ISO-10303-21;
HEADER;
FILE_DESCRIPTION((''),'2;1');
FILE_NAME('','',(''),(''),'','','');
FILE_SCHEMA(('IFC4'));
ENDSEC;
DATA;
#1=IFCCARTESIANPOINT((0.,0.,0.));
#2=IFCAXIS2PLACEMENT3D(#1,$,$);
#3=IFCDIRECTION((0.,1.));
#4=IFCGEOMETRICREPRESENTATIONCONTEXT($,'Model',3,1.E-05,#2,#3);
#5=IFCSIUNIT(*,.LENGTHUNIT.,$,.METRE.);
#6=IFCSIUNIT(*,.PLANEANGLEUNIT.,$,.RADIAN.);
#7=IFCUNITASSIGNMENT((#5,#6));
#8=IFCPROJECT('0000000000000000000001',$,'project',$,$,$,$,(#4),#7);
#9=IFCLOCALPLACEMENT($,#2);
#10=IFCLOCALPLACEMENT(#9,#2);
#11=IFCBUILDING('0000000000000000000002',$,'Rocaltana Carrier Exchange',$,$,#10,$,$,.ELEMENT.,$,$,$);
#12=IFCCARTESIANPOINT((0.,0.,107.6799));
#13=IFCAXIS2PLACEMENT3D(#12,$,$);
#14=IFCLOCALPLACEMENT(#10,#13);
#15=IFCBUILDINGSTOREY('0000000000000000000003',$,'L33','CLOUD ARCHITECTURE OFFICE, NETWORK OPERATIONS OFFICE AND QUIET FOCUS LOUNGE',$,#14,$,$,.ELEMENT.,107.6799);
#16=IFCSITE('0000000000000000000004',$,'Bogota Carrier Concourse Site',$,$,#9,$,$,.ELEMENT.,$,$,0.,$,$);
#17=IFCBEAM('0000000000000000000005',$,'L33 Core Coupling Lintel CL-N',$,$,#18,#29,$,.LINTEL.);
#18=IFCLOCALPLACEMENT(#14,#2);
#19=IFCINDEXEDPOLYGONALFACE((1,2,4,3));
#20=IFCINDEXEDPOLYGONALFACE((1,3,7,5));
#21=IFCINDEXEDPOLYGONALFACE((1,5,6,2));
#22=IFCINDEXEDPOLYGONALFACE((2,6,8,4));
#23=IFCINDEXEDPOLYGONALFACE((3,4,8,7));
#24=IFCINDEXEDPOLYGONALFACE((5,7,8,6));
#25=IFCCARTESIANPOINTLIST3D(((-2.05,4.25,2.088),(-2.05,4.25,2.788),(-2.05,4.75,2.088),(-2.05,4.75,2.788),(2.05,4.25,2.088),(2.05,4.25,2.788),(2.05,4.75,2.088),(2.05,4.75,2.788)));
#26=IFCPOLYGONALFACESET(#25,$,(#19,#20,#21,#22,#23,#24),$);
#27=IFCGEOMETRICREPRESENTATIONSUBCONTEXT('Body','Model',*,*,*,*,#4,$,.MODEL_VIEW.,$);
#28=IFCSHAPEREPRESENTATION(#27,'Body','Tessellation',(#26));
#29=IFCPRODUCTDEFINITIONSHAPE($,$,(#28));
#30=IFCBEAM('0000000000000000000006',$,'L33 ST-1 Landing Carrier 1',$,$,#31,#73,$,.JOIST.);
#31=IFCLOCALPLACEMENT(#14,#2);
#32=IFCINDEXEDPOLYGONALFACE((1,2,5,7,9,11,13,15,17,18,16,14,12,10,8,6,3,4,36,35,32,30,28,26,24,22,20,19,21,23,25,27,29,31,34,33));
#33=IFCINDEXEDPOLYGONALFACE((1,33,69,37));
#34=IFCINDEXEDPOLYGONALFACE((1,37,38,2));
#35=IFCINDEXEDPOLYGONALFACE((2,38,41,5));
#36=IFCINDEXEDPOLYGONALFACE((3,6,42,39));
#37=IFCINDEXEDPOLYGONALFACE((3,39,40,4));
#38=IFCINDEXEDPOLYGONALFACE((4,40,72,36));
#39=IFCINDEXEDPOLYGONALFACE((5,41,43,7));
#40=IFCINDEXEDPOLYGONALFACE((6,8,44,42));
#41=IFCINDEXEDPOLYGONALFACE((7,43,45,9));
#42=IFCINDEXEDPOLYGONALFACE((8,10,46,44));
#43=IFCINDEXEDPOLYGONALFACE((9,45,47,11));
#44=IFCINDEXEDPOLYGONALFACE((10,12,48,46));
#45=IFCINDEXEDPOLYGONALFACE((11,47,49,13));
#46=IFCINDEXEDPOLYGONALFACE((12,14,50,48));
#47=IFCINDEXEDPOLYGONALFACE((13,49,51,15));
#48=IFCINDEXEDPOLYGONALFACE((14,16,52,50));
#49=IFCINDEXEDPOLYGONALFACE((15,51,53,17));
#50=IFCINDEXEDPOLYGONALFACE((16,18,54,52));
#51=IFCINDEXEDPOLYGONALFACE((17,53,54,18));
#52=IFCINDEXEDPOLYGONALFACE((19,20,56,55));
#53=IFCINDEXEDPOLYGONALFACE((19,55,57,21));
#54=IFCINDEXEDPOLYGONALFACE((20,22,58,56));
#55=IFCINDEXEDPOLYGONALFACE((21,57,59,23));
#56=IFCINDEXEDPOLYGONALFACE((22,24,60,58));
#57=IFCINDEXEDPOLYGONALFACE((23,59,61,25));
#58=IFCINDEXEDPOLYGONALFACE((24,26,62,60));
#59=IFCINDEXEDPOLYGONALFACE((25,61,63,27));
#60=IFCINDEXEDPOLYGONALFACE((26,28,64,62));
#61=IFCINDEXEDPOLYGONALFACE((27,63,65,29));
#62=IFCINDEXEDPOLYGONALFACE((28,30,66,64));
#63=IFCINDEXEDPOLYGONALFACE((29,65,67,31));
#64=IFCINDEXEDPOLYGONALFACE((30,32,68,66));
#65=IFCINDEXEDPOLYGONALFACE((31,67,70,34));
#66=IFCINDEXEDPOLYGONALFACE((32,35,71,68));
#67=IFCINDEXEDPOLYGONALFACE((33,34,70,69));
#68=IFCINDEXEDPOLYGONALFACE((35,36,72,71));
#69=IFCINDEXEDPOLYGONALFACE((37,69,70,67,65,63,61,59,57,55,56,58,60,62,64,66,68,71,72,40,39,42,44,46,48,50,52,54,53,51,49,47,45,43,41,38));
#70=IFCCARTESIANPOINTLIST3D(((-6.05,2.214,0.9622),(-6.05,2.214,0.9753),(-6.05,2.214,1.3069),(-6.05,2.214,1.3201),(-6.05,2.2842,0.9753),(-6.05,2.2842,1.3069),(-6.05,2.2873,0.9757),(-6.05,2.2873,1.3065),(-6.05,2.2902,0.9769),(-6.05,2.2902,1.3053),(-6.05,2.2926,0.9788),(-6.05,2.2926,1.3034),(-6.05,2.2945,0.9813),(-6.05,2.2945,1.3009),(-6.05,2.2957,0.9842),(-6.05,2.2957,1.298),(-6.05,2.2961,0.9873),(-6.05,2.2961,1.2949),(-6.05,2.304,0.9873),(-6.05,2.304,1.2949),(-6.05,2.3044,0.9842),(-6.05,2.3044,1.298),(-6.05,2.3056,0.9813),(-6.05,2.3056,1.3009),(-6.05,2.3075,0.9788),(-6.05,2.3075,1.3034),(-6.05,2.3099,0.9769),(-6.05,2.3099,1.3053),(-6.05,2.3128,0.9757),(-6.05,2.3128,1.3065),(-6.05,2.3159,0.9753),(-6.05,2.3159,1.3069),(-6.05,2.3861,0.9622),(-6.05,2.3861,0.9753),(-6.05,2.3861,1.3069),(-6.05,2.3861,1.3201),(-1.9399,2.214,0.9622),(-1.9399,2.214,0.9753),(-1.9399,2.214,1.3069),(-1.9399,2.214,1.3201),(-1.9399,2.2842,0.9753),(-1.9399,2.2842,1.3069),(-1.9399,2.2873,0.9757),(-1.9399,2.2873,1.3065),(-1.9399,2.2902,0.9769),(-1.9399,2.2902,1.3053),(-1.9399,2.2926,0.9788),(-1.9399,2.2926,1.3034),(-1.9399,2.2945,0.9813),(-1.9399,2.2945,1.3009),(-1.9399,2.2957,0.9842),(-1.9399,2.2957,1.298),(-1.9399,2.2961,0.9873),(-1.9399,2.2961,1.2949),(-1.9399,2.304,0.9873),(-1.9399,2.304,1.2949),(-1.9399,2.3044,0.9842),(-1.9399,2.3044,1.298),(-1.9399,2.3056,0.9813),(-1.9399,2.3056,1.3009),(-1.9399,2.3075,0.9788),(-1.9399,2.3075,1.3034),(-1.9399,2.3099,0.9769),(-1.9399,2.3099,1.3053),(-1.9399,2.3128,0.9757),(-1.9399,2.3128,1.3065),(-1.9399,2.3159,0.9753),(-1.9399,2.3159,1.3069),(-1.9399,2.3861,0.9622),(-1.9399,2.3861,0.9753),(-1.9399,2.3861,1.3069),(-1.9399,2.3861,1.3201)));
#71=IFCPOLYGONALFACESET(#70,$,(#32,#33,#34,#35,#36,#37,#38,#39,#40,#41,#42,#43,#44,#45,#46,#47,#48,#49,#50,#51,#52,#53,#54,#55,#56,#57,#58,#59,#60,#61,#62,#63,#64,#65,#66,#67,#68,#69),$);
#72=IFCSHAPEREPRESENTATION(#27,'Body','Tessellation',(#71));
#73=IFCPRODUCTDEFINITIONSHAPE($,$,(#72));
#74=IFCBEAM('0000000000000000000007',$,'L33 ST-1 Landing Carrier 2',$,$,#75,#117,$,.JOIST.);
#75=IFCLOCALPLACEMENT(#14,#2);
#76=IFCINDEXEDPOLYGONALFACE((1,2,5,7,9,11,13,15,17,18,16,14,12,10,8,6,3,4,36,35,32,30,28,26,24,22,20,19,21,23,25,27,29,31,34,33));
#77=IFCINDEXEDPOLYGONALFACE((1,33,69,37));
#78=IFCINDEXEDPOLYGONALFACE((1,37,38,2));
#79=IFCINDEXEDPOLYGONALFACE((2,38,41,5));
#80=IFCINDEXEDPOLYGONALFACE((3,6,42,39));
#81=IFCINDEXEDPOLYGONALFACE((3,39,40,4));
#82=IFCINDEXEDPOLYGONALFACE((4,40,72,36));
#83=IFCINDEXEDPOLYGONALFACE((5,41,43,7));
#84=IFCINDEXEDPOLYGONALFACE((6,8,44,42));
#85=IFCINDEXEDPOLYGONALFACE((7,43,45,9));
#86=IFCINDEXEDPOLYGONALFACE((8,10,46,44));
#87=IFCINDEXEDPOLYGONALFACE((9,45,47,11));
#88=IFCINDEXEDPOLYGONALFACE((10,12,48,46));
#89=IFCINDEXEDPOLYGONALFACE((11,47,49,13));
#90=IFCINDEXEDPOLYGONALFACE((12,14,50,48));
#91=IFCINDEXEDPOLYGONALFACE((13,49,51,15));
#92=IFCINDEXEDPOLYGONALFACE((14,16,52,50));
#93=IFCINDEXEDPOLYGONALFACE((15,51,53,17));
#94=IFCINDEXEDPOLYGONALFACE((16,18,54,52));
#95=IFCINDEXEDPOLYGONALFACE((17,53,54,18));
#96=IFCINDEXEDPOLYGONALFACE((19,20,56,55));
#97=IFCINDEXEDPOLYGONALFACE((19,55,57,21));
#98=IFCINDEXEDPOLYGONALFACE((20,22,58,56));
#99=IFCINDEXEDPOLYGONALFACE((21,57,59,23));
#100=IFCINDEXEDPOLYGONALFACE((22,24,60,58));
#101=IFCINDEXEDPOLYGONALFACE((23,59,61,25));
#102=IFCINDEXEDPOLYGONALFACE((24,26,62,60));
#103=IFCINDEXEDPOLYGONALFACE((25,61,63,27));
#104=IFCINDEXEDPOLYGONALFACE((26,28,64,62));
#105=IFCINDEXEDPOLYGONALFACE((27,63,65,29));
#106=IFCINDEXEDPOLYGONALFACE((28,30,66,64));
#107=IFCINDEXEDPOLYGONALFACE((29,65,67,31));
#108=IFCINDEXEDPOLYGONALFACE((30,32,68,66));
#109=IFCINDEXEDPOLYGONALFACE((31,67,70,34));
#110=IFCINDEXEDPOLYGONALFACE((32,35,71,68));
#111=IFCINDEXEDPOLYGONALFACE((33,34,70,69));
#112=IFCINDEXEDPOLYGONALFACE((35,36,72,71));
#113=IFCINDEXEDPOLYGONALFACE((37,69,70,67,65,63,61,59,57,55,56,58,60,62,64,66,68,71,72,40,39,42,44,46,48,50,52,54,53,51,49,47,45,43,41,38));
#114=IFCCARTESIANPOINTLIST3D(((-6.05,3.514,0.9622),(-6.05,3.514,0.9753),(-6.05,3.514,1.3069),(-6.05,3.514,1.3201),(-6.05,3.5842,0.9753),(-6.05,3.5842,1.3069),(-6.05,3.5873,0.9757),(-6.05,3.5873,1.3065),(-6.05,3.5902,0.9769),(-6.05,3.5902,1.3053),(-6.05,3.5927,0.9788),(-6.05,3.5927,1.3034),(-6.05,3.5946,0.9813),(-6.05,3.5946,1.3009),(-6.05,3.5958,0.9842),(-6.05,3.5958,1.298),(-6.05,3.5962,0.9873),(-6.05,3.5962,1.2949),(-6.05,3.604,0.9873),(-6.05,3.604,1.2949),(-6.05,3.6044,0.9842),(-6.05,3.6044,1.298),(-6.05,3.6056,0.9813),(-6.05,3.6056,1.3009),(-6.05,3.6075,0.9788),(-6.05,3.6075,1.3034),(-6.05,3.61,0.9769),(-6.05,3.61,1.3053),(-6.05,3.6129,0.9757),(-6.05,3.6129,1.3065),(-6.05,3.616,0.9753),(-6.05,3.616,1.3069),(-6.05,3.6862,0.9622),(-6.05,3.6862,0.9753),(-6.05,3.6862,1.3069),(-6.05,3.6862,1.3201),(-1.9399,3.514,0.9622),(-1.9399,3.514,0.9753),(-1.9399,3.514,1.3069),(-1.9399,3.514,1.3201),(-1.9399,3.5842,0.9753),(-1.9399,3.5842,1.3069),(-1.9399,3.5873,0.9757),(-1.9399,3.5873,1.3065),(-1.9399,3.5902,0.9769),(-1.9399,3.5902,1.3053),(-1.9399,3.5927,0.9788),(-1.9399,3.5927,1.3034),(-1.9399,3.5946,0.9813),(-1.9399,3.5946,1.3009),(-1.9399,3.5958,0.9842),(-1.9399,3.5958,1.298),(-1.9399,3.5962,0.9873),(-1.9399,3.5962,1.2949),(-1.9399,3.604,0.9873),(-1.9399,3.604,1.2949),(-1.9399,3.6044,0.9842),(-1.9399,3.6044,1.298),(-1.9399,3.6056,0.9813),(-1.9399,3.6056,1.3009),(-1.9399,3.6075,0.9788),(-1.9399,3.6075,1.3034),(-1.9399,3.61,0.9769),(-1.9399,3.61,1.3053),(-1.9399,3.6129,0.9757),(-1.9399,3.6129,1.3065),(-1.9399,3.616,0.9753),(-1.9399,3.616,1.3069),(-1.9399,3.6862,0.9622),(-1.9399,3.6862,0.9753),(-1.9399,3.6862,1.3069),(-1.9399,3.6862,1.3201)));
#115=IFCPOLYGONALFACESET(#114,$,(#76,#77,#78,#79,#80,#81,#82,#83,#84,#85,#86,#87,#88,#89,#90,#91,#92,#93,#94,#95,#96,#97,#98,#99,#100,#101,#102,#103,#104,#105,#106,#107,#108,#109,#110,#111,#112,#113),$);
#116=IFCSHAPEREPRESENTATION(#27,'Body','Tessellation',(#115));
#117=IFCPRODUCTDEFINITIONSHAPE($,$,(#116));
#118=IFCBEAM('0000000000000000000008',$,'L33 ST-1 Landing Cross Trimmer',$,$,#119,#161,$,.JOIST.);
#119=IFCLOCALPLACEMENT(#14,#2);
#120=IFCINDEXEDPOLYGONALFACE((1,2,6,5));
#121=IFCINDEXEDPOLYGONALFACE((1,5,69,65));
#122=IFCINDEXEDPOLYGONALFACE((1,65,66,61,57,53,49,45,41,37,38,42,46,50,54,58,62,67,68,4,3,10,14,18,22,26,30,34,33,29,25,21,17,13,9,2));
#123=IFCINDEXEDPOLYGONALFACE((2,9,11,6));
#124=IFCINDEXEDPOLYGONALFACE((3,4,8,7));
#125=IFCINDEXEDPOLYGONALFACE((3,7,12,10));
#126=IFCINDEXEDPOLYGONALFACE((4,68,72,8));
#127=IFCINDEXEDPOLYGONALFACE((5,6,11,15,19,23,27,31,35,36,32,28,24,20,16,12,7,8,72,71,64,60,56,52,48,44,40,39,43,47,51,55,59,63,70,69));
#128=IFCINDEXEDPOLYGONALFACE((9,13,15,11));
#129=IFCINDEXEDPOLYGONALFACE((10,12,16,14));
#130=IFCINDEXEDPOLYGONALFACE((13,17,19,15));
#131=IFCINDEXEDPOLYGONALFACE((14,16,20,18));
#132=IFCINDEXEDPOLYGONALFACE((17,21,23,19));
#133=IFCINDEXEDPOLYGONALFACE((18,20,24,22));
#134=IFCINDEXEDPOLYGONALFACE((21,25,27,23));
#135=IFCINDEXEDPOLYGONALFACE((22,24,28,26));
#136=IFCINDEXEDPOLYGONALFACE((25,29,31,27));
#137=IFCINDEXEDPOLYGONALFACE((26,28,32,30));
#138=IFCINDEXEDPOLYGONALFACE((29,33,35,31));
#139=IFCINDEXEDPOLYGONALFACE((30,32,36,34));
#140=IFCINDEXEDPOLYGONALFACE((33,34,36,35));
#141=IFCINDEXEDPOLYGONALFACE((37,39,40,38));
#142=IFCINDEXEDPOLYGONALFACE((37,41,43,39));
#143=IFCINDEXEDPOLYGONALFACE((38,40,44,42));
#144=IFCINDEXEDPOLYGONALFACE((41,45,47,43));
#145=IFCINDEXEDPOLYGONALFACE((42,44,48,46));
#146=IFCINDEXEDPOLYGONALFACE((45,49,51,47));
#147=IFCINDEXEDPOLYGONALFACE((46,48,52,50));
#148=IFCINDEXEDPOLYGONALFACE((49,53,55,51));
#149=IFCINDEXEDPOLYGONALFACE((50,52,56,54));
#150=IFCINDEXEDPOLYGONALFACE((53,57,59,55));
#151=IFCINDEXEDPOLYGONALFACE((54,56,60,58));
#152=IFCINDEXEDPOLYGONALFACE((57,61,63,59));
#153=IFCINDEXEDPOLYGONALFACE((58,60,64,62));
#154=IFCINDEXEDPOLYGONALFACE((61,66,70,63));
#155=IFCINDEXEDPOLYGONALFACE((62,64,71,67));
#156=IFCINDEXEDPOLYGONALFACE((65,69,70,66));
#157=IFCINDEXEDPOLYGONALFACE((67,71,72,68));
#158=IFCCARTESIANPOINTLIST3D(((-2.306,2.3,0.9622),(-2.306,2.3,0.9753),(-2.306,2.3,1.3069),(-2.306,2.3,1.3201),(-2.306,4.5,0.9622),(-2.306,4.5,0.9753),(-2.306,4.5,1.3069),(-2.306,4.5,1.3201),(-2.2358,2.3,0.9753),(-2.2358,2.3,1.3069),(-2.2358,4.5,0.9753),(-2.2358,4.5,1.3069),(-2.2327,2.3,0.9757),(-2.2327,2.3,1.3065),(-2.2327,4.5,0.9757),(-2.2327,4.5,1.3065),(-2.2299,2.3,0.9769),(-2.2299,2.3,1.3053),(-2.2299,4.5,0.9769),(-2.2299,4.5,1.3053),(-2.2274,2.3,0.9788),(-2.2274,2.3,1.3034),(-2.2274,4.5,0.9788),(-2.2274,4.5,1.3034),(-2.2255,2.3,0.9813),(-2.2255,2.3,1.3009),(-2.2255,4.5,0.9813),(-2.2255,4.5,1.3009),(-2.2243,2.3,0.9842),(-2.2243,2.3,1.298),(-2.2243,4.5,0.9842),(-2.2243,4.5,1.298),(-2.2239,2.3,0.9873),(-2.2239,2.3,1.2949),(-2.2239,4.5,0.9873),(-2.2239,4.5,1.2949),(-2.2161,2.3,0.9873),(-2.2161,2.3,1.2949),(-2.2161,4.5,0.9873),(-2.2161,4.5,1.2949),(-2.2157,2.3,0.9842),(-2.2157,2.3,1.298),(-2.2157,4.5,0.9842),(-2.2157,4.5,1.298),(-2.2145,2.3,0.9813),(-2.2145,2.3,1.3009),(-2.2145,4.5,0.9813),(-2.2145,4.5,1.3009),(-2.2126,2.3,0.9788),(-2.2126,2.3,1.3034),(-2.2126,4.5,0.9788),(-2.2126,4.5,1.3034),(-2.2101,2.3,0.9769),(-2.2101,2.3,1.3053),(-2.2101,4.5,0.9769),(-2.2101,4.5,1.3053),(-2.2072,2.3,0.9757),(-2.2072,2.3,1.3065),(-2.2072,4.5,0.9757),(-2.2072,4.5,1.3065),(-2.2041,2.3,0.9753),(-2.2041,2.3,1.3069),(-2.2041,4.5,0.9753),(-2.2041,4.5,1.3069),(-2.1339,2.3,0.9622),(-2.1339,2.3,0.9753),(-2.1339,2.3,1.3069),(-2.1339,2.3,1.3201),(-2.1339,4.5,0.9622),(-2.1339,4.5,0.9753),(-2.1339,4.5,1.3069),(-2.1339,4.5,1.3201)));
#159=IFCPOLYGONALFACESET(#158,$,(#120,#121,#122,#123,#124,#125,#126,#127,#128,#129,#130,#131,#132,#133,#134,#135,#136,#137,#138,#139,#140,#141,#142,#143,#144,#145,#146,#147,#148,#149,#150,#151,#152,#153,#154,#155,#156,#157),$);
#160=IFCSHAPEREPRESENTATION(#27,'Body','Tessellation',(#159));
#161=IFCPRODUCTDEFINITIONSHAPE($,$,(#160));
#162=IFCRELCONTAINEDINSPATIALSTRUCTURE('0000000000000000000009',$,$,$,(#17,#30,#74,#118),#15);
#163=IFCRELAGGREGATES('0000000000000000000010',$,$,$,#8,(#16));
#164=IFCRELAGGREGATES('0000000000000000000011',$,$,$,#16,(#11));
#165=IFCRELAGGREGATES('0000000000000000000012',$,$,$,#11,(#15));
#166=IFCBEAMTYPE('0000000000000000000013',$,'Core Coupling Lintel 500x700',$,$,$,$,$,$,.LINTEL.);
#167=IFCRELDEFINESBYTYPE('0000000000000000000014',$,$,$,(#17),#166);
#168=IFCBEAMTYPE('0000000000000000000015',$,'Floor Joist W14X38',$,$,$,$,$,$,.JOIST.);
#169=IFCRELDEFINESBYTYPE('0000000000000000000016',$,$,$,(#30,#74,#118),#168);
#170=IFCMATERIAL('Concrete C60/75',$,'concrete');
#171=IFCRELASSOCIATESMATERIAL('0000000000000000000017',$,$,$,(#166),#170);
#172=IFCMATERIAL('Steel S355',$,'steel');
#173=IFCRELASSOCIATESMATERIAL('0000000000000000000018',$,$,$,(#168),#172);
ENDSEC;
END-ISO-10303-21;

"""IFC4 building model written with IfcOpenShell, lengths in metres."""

from ifc_helpers import new_model, si_unit, direction, frame, origin, origin_2d, place, context, subcontext, project, spatial, rectangle, i_section, extrude, material, material_profile, profile_set, type_object, element, save


model = new_model("IFC4")

# Units and contexts
model_context = context("Model", 3, precision=1e-05, world=origin(), true_north=direction((0.0, 1.0)))
body_context = subcontext(model_context, "Body", "Model", "MODEL_VIEW")
ifc_project = project(units=[si_unit("LENGTHUNIT", "METRE"), si_unit("PLANEANGLEUNIT", "RADIAN")], contexts=[model_context])

# Site, building, storey
site_placement = place(None, origin())
site = spatial("IfcSite", under=ifc_project, at=site_placement, Name="Bogota Carrier Concourse Site", CompositionType="ELEMENT", RefElevation=0.0)
building_placement = place(site_placement, origin())
building = spatial("IfcBuilding", under=site, at=building_placement, Name="Rocaltana Carrier Exchange", CompositionType="ELEMENT")
storey_placement = place(building_placement, frame((0.0, 0.0, 107.6799)))
storey = spatial("IfcBuildingStorey", under=building, at=storey_placement, Name="L33", Description="CLOUD ARCHITECTURE OFFICE, NETWORK OPERATIONS OFFICE AND QUIET FOCUS LOUNGE", CompositionType="ELEMENT", Elevation=107.6799)

# Beams
ifc_material_1 = material(Name="Concrete C60/75", Category="concrete")
ifc_material_profile_1 = material_profile(ifc_material_1, rectangle(XDim=0.5, YDim=0.7, at=origin_2d()), Name="RC-BM-500X700")
ifc_profile_set_1 = profile_set([ifc_material_profile_1], Name="Concrete C60/75")
beam_type_1 = type_object("IfcBeamType", Name="Core Coupling Lintel 500x700", PredefinedType="LINTEL", material=ifc_profile_set_1)
beam_1_placement = place(storey_placement, frame((-2.05, 4.5, 2.438), z_axis=(1.0, 0.0, 0.0), x_axis=(0.0, 1.0, 0.0)))
element("IfcBeam", 1, at=beam_1_placement, inside=storey, type_object=beam_type_1, Name="L33 Core Coupling Lintel CL-N", PredefinedType="LINTEL", context=body_context, shape_type="SweptSolid", body=[
    extrude(rectangle(XDim=0.5, YDim=0.7, at=origin_2d()), origin(), (0.0, 0.0, 1.0), 4.1001),
])
ifc_material_2 = material(Name="Steel S355", Category="steel")
ifc_material_profile_2 = material_profile(ifc_material_2, i_section(OverallWidth=0.1721, OverallDepth=0.3579, WebThickness=0.0078, FlangeThickness=0.0132, FilletRadius=0.012, at=origin_2d()), Name="W14X38")
ifc_profile_set_2 = profile_set([ifc_material_profile_2], Name="Steel S355")
beam_type_2 = type_object("IfcBeamType", Name="Floor Joist W14X38", PredefinedType="JOIST", material=ifc_profile_set_2)
for number, where, z_axis, x_axis, name in (
    (2, (-6.05, 2.3, 1.1411), (1.0, 0.0, 0.0), (0.0, 1.0, 0.0), "L33 ST-1 Landing Carrier 1"),
    (3, (-6.05, 3.6001, 1.1411), (1.0, 0.0, 0.0), (0.0, 1.0, 0.0), "L33 ST-1 Landing Carrier 2"),
):
    element("IfcBeam", number, at=place(storey_placement, frame(where, z_axis=z_axis, x_axis=x_axis)), inside=storey, type_object=beam_type_2, Name=name, PredefinedType="JOIST", context=body_context, shape_type="SweptSolid", body=[
        extrude(i_section(OverallWidth=0.1721, OverallDepth=0.3579, WebThickness=0.0078, FlangeThickness=0.0132, FilletRadius=0.012, at=origin_2d()), origin(), (0.0, 0.0, 1.0), 4.1101),
    ])
beam_2_placement = place(storey_placement, frame((-2.22, 2.3, 1.1411), z_axis=(0.0, 1.0, 0.0), x_axis=(-1.0, 0.0, 0.0)))
element("IfcBeam", 4, at=beam_2_placement, inside=storey, type_object=beam_type_2, Name="L33 ST-1 Landing Cross Trimmer", PredefinedType="JOIST", context=body_context, shape_type="SweptSolid", body=[
    extrude(i_section(OverallWidth=0.1721, OverallDepth=0.3579, WebThickness=0.0078, FlangeThickness=0.0132, FilletRadius=0.012, at=origin_2d()), origin(), (0.0, 0.0, 1.0), 2.2),
])

save(model, "model.ifc")
